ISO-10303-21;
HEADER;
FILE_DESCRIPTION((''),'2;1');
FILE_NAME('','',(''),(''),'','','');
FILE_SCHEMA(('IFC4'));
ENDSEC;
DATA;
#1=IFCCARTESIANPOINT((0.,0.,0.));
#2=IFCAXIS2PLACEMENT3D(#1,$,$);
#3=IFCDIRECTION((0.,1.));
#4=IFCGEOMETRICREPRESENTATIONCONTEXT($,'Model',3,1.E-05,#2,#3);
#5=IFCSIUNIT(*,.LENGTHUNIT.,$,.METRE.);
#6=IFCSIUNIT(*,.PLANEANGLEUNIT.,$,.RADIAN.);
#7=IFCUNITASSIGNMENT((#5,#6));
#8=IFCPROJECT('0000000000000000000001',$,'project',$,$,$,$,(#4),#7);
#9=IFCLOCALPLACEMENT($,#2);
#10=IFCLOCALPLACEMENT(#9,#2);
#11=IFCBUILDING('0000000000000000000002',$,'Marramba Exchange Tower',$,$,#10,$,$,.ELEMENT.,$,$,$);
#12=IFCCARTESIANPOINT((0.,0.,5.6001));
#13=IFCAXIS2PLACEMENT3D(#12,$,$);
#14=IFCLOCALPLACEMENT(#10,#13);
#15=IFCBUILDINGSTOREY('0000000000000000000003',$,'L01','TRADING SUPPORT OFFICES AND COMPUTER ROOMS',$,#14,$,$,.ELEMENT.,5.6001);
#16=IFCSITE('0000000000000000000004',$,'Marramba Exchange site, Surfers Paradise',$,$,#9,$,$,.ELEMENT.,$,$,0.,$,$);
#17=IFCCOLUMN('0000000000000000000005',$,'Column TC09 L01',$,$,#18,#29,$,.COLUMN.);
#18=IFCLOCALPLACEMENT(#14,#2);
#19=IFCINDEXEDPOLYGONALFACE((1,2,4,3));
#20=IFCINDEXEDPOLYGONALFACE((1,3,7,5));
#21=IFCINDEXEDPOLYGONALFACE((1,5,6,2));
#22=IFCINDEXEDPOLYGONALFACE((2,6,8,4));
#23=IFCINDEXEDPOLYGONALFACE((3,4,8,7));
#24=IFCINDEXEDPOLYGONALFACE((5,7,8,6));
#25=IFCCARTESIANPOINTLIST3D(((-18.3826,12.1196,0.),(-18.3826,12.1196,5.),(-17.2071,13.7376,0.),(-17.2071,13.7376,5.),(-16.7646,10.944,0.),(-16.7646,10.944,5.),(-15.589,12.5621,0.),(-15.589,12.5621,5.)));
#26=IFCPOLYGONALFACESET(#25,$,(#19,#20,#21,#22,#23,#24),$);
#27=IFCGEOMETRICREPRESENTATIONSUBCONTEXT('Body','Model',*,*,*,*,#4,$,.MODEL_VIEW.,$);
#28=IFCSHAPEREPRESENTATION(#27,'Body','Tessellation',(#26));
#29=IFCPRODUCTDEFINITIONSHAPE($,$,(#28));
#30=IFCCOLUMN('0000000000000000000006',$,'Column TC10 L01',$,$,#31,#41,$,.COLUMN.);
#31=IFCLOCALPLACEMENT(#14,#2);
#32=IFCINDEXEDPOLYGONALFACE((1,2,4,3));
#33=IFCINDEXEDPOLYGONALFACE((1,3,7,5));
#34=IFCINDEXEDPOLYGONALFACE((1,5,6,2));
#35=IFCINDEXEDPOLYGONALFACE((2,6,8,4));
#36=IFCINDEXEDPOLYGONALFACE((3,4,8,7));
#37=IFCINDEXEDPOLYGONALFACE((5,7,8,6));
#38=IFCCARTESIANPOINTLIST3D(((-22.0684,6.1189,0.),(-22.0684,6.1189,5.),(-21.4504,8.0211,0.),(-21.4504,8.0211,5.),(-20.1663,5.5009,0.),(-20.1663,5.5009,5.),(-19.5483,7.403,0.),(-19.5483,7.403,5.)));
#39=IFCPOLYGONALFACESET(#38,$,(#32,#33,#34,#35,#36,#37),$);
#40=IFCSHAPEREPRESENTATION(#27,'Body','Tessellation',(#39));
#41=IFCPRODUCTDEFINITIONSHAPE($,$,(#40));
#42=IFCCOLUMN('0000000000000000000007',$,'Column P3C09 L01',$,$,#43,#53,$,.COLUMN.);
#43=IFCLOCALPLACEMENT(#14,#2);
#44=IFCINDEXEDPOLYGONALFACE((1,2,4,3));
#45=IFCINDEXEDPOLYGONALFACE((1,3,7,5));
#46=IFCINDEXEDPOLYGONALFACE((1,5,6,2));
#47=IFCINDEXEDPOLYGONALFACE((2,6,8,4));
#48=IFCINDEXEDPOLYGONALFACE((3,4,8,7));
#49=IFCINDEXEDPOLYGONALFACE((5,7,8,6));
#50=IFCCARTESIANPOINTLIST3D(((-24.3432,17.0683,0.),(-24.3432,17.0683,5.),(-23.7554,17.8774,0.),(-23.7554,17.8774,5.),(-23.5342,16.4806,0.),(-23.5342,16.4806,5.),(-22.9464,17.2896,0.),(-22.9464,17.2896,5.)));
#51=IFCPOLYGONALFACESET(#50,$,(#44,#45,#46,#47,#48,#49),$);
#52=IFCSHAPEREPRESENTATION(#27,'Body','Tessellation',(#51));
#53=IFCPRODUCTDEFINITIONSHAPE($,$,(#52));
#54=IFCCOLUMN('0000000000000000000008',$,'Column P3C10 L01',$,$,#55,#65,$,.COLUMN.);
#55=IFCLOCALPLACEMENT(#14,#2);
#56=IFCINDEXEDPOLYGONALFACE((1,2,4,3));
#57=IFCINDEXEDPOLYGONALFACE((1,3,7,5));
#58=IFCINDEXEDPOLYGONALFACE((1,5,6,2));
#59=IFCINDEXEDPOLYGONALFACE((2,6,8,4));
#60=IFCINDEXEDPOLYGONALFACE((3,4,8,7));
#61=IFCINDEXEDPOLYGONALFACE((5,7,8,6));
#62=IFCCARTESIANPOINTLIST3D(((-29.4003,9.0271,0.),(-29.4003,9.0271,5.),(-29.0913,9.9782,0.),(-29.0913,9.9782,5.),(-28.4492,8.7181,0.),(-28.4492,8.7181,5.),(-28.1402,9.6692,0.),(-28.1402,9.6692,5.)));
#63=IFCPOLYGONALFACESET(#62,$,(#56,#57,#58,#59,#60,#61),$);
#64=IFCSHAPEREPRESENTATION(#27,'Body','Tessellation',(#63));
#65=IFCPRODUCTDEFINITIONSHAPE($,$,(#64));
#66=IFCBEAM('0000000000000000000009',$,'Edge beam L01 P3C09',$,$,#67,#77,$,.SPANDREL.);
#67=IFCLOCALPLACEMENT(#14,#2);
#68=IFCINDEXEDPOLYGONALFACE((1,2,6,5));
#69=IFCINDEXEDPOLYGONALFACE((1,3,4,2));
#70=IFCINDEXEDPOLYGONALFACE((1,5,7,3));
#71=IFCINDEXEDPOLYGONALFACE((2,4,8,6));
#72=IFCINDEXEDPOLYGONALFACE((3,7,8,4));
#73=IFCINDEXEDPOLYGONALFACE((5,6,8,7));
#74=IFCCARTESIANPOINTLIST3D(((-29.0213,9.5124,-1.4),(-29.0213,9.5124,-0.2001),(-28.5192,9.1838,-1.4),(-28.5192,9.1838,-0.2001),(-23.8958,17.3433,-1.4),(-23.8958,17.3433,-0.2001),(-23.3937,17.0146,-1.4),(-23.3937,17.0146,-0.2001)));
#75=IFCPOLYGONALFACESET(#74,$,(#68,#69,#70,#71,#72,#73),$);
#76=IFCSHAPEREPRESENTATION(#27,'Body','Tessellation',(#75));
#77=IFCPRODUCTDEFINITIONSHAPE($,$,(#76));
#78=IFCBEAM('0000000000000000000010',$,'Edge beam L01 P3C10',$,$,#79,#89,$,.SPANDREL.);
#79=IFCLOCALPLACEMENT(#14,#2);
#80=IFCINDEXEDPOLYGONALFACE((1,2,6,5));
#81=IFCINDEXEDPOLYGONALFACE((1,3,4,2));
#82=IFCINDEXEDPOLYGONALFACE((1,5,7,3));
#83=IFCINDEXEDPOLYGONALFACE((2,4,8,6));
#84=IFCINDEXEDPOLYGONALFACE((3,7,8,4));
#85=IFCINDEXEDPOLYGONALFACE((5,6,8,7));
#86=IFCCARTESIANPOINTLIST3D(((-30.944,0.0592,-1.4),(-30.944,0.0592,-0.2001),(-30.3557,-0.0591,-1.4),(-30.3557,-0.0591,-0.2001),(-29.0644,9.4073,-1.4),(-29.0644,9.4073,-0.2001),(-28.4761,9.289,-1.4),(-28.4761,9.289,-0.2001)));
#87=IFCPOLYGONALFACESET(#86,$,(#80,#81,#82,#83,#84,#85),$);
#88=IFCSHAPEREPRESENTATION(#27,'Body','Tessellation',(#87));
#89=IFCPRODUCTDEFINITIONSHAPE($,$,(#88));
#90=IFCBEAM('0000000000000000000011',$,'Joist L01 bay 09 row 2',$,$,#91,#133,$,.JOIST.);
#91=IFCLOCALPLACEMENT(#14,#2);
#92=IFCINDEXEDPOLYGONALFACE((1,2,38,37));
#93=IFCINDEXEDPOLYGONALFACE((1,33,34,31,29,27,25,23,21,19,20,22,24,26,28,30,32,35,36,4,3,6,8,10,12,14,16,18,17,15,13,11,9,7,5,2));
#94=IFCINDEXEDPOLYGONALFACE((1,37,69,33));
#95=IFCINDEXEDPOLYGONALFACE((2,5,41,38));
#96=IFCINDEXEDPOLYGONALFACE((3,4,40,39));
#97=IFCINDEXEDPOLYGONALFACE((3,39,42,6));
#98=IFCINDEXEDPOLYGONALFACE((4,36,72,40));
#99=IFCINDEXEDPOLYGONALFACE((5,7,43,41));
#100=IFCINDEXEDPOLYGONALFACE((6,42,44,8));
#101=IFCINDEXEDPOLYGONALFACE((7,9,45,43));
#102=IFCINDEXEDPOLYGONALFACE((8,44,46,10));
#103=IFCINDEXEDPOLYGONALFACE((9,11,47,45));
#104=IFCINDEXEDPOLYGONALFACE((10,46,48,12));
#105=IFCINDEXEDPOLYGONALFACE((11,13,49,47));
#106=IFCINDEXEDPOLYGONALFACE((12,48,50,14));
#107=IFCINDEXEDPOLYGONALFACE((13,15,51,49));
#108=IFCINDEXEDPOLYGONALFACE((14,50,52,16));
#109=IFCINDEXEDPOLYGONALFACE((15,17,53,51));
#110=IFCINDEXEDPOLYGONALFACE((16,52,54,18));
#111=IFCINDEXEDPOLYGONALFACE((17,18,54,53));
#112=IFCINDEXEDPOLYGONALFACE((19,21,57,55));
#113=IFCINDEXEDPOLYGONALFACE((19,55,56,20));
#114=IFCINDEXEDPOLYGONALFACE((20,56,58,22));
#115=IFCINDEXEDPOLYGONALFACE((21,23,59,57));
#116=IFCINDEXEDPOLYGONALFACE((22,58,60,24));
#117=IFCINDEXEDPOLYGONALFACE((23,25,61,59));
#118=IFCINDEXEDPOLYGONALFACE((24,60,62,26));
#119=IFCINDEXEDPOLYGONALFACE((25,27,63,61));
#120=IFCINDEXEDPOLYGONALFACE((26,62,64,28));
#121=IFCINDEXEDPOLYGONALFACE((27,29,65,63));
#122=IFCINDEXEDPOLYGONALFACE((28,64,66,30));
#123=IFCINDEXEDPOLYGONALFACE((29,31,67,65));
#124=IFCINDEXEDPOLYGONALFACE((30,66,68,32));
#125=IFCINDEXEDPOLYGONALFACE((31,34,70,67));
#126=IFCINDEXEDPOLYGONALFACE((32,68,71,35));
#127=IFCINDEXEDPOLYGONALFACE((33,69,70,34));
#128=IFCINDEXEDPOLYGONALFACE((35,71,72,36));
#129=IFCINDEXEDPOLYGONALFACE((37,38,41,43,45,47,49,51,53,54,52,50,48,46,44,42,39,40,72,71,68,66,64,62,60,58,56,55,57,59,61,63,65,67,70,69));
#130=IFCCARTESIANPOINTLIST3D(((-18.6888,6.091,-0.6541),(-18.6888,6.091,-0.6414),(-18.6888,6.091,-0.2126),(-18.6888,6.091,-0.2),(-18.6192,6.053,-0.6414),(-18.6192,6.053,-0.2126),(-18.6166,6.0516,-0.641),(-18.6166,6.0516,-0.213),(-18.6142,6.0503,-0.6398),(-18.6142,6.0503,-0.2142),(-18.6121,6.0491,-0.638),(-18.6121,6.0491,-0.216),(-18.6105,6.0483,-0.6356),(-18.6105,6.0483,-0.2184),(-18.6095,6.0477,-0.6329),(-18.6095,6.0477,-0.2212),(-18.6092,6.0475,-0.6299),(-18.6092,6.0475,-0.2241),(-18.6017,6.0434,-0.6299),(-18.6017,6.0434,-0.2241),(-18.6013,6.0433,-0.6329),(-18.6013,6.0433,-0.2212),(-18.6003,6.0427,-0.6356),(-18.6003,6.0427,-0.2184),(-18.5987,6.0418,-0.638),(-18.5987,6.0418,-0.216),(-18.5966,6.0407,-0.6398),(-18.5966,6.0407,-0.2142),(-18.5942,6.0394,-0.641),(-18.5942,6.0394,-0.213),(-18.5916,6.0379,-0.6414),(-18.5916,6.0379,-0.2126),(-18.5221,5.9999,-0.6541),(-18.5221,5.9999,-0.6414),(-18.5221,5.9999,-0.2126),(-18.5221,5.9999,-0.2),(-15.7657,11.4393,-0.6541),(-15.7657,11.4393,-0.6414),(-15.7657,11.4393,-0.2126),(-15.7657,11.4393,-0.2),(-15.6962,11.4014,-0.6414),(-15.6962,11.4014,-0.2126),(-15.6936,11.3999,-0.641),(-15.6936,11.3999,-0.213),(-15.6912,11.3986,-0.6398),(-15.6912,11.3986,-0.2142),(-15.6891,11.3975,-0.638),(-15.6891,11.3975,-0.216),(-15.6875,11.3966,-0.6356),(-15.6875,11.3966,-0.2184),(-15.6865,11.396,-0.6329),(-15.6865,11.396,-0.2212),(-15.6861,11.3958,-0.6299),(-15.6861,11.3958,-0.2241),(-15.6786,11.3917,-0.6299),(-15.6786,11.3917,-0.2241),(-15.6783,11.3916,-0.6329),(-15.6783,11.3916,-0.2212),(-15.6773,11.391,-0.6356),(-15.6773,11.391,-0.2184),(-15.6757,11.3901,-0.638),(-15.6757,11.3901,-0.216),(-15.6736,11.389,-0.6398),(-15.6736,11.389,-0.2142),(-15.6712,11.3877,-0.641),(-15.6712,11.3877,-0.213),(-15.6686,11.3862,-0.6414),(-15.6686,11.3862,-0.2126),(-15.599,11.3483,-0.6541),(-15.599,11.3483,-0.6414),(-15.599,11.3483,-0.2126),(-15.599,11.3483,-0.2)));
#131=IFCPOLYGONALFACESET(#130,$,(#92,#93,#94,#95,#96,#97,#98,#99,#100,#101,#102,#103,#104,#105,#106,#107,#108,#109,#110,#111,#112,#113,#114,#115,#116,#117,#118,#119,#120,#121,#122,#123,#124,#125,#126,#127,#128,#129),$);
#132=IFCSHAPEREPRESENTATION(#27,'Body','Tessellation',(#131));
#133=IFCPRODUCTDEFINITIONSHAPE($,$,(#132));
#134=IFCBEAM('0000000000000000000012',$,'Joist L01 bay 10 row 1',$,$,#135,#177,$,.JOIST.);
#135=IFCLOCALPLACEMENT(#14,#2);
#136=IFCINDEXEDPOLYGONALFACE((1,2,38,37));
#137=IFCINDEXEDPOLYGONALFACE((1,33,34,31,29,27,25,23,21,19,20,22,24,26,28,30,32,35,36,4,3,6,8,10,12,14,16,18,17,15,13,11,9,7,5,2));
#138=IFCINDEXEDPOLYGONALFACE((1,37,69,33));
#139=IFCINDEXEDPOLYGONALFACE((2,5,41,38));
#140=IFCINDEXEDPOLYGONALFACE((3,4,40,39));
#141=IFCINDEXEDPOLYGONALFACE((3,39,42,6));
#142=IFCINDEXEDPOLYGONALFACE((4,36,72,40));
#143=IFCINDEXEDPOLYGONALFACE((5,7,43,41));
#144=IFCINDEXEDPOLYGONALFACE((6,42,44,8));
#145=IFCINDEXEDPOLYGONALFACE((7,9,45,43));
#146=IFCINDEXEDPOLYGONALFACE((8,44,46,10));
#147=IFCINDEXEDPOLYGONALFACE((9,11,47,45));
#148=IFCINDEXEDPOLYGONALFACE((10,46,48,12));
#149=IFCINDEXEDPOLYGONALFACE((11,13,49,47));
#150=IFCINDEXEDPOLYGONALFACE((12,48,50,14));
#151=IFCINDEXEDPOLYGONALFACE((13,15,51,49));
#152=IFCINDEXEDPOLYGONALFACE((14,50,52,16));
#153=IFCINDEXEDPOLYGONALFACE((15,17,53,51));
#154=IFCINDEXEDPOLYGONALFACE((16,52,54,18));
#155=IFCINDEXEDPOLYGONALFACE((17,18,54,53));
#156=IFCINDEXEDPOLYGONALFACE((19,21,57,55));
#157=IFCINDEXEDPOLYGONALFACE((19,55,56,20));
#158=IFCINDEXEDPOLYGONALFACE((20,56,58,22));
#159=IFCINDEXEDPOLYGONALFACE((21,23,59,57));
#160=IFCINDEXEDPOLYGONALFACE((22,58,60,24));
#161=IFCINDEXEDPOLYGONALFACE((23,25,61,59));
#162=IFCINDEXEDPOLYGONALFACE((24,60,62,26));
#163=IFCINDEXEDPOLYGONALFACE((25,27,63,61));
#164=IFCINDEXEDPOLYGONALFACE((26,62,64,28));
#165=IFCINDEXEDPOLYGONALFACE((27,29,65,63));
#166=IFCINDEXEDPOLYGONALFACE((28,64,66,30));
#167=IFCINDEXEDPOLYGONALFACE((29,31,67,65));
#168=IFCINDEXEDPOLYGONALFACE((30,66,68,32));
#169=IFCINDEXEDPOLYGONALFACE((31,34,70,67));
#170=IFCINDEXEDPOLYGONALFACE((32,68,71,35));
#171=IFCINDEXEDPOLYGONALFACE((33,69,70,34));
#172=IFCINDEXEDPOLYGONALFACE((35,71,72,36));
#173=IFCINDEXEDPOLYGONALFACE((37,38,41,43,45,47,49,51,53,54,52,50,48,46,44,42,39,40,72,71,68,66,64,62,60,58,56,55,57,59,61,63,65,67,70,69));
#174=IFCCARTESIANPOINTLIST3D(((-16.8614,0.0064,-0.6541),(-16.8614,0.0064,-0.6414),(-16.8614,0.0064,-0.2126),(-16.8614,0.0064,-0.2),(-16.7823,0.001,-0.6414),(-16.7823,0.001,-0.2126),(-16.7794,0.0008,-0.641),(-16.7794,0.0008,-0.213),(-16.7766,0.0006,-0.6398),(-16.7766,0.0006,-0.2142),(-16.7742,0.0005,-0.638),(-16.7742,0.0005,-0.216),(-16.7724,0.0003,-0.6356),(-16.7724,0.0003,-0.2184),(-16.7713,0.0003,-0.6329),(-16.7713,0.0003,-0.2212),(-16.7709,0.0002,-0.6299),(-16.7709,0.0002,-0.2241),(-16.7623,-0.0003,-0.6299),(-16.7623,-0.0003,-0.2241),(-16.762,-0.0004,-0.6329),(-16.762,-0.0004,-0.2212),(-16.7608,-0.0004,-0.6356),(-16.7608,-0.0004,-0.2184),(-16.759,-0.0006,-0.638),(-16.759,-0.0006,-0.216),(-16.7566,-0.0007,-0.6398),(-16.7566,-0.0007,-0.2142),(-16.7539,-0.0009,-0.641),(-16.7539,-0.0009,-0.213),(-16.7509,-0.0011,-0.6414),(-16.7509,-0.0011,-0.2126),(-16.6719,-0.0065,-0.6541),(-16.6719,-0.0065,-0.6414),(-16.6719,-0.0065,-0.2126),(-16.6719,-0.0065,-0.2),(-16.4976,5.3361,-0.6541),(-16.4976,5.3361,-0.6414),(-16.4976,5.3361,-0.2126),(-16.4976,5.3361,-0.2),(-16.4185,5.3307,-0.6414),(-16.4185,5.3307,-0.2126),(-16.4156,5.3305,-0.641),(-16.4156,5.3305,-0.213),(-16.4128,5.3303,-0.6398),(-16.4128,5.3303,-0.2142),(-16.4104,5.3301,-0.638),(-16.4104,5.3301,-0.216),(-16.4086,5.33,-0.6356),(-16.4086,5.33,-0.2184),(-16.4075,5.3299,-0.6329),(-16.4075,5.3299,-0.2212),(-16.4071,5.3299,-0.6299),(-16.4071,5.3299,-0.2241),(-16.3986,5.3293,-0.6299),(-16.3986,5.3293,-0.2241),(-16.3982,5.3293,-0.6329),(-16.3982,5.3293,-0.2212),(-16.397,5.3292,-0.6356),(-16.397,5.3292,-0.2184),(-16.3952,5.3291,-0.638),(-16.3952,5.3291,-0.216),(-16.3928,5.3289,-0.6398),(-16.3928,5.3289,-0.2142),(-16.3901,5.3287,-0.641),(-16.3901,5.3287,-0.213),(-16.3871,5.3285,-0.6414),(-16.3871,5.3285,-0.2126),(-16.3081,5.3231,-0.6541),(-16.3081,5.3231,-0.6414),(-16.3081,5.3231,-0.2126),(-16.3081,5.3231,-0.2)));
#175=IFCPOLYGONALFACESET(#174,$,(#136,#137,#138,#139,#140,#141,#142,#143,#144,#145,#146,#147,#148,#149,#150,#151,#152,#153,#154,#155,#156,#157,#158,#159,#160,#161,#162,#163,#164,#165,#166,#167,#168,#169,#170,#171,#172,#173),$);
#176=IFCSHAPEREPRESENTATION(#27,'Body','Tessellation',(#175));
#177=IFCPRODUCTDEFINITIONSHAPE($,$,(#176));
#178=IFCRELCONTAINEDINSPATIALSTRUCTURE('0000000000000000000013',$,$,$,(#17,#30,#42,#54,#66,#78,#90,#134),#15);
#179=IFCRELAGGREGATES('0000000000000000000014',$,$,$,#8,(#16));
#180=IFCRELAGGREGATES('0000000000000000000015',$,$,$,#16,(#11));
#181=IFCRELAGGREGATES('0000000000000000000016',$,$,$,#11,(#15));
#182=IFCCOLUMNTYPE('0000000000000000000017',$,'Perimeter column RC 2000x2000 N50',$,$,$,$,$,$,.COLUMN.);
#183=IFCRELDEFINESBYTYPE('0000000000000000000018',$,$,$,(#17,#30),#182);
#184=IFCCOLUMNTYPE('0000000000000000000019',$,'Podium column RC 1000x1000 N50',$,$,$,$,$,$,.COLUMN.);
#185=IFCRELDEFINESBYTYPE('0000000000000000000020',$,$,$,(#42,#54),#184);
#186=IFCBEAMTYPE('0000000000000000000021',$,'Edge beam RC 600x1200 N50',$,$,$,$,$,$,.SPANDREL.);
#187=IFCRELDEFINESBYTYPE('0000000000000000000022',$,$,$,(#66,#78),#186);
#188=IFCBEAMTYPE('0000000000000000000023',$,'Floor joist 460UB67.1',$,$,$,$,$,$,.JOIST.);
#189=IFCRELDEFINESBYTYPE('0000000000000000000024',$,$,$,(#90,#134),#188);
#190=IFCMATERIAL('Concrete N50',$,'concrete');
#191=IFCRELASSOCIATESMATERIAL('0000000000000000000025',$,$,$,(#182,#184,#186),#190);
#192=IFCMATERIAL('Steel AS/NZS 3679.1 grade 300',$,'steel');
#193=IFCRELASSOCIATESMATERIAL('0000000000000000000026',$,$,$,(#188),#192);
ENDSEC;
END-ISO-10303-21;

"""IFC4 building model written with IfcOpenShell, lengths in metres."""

from ifc_helpers import new_model, si_unit, direction, frame, origin, origin_2d, place, context, subcontext, project, spatial, rectangle, i_section, extrude, material, material_profile, profile_set, type_object, element, save


model = new_model("IFC4")

# Units and contexts
model_context = context("Model", 3, precision=1e-05, world=origin(), true_north=direction((0.0, 1.0)))
body_context = subcontext(model_context, "Body", "Model", "MODEL_VIEW")
ifc_project = project(units=[si_unit("LENGTHUNIT", "METRE"), si_unit("PLANEANGLEUNIT", "RADIAN")], contexts=[model_context])

# Site, building, storey
site_placement = place(None, origin())
site = spatial("IfcSite", under=ifc_project, at=site_placement, Name="Marramba Exchange site, Surfers Paradise", CompositionType="ELEMENT", RefElevation=0.0)
building_placement = place(site_placement, origin())
building = spatial("IfcBuilding", under=site, at=building_placement, Name="Marramba Exchange Tower", CompositionType="ELEMENT")
storey_placement = place(building_placement, frame((0.0, 0.0, 5.6001)))
storey = spatial("IfcBuildingStorey", under=building, at=storey_placement, Name="L01", Description="TRADING SUPPORT OFFICES AND COMPUTER ROOMS", CompositionType="ELEMENT", Elevation=5.6001)

# Columns
ifc_material_1 = material(Name="Concrete N50", Category="concrete")
ifc_material_profile_1 = material_profile(ifc_material_1, rectangle(XDim=2.0, YDim=2.0, at=origin_2d()), Name="RC 2000x2000")
ifc_profile_set_1 = profile_set([ifc_material_profile_1], Name="Concrete N50")
column_type_1 = type_object("IfcColumnType", Name="Perimeter column RC 2000x2000 N50", PredefinedType="COLUMN", material=ifc_profile_set_1)
for number, where, z_axis, x_axis, name in (
    (1, (-16.9858, 12.3408, 0.0), (0.0, 0.0, 1.0), (-0.809017, 0.587785, 0.0), "Column TC09 L01"),
    (2, (-20.8083, 6.761, 0.0), (0.0, 0.0, 1.0), (-0.951057, 0.309017, 0.0), "Column TC10 L01"),
):
    element("IfcColumn", number, at=place(storey_placement, frame(where, z_axis=z_axis, x_axis=x_axis)), inside=storey, type_object=column_type_1, Name=name, PredefinedType="COLUMN", context=body_context, shape_type="SweptSolid", body=[
        extrude(rectangle(XDim=2.0, YDim=2.0, at=origin_2d()), origin(), (0.0, 0.0, 1.0), 5.0),
    ])
ifc_material_profile_2 = material_profile(ifc_material_1, rectangle(XDim=1.0, YDim=1.0, at=origin_2d()), Name="RC 1000x1000")
ifc_profile_set_2 = profile_set([ifc_material_profile_2], Name="Concrete N50")
column_type_2 = type_object("IfcColumnType", Name="Podium column RC 1000x1000 N50", PredefinedType="COLUMN", material=ifc_profile_set_2)
for number, where, z_axis, x_axis, name in (
    (3, (-23.6448, 17.179, 0.0), (0.0, 0.0, 1.0), (-0.809017, 0.587785, 0.0), "Column P3C09 L01"),
    (4, (-28.7703, 9.3481, 0.0), (0.0, 0.0, 1.0), (-0.951057, 0.309017, 0.0), "Column P3C10 L01"),
):
    element("IfcColumn", number, at=place(storey_placement, frame(where, z_axis=z_axis, x_axis=x_axis)), inside=storey, type_object=column_type_2, Name=name, PredefinedType="COLUMN", context=body_context, shape_type="SweptSolid", body=[
        extrude(rectangle(XDim=1.0, YDim=1.0, at=origin_2d()), origin(), (0.0, 0.0, 1.0), 5.0),
    ])

# Beams
ifc_material_profile_3 = material_profile(ifc_material_1, rectangle(XDim=0.6001, YDim=1.2, at=origin_2d()), Name="RC 600x1200")
ifc_profile_set_3 = profile_set([ifc_material_profile_3], Name="Concrete N50")
beam_type_1 = type_object("IfcBeamType", Name="Edge beam RC 600x1200 N50", PredefinedType="SPANDREL", material=ifc_profile_set_3)
beam_1_placement = place(storey_placement, frame((-23.6448, 17.179, -0.8), z_axis=(-0.547649, -0.836708, 0.0), x_axis=(0.836708, -0.547649, 0.0)))
element("IfcBeam", 5, at=beam_1_placement, inside=storey, type_object=beam_type_1, Name="Edge beam L01 P3C09", PredefinedType="SPANDREL", context=body_context, shape_type="SweptSolid", body=[
    extrude(rectangle(XDim=0.6001, YDim=1.2, at=origin_2d()), origin(), (0.0, 0.0, 1.0), 9.3591),
])
beam_2_placement = place(storey_placement, frame((-28.7703, 9.3481, -0.8), z_axis=(-0.197125, -0.980378, 0.0), x_axis=(0.980378, -0.197125, 0.0)))
element("IfcBeam", 6, at=beam_2_placement, inside=storey, type_object=beam_type_1, Name="Edge beam L01 P3C10", PredefinedType="SPANDREL", context=body_context, shape_type="SweptSolid", body=[
    extrude(rectangle(XDim=0.6001, YDim=1.2, at=origin_2d()), origin(), (0.0, 0.0, 1.0), 9.5352),
])
ifc_material_2 = material(Name="Steel AS/NZS 3679.1 grade 300", Category="steel")
ifc_material_profile_4 = material_profile(ifc_material_2, i_section(OverallWidth=0.1899, OverallDepth=0.4541, WebThickness=0.0085, FlangeThickness=0.0127, FilletRadius=0.0115, at=origin_2d()), Name="460UB67.1")
ifc_profile_set_4 = profile_set([ifc_material_profile_4], Name="Steel AS/NZS 3679.1 grade 300")
beam_type_2 = type_object("IfcBeamType", Name="Floor joist 460UB67.1", PredefinedType="JOIST", material=ifc_profile_set_4)
beam_3_placement = place(storey_placement, frame((-15.6824, 11.3938, -0.427), z_axis=(-0.479584, -0.877496, 0.0), x_axis=(0.877496, -0.479584, 0.0)))
element("IfcBeam", 7, at=beam_3_placement, inside=storey, type_object=beam_type_2, Name="Joist L01 bay 09 row 2", PredefinedType="JOIST", context=body_context, shape_type="SweptSolid", body=[
    extrude(i_section(OverallWidth=0.1899, OverallDepth=0.4541, WebThickness=0.0085, FlangeThickness=0.0127, FilletRadius=0.0115, at=origin_2d()), origin(), (0.0, 0.0, 1.0), 6.095),
])
beam_4_placement = place(storey_placement, frame((-16.4028, 5.3296, -0.427), z_axis=(-0.068096, -0.997679, 0.0), x_axis=(0.997679, -0.068096, 0.0)))
element("IfcBeam", 8, at=beam_4_placement, inside=storey, type_object=beam_type_2, Name="Joist L01 bay 10 row 1", PredefinedType="JOIST", context=body_context, shape_type="SweptSolid", body=[
    extrude(i_section(OverallWidth=0.1899, OverallDepth=0.4541, WebThickness=0.0085, FlangeThickness=0.0127, FilletRadius=0.0115, at=origin_2d()), origin(), (0.0, 0.0, 1.0), 5.342),
])

save(model, "model.ifc")
